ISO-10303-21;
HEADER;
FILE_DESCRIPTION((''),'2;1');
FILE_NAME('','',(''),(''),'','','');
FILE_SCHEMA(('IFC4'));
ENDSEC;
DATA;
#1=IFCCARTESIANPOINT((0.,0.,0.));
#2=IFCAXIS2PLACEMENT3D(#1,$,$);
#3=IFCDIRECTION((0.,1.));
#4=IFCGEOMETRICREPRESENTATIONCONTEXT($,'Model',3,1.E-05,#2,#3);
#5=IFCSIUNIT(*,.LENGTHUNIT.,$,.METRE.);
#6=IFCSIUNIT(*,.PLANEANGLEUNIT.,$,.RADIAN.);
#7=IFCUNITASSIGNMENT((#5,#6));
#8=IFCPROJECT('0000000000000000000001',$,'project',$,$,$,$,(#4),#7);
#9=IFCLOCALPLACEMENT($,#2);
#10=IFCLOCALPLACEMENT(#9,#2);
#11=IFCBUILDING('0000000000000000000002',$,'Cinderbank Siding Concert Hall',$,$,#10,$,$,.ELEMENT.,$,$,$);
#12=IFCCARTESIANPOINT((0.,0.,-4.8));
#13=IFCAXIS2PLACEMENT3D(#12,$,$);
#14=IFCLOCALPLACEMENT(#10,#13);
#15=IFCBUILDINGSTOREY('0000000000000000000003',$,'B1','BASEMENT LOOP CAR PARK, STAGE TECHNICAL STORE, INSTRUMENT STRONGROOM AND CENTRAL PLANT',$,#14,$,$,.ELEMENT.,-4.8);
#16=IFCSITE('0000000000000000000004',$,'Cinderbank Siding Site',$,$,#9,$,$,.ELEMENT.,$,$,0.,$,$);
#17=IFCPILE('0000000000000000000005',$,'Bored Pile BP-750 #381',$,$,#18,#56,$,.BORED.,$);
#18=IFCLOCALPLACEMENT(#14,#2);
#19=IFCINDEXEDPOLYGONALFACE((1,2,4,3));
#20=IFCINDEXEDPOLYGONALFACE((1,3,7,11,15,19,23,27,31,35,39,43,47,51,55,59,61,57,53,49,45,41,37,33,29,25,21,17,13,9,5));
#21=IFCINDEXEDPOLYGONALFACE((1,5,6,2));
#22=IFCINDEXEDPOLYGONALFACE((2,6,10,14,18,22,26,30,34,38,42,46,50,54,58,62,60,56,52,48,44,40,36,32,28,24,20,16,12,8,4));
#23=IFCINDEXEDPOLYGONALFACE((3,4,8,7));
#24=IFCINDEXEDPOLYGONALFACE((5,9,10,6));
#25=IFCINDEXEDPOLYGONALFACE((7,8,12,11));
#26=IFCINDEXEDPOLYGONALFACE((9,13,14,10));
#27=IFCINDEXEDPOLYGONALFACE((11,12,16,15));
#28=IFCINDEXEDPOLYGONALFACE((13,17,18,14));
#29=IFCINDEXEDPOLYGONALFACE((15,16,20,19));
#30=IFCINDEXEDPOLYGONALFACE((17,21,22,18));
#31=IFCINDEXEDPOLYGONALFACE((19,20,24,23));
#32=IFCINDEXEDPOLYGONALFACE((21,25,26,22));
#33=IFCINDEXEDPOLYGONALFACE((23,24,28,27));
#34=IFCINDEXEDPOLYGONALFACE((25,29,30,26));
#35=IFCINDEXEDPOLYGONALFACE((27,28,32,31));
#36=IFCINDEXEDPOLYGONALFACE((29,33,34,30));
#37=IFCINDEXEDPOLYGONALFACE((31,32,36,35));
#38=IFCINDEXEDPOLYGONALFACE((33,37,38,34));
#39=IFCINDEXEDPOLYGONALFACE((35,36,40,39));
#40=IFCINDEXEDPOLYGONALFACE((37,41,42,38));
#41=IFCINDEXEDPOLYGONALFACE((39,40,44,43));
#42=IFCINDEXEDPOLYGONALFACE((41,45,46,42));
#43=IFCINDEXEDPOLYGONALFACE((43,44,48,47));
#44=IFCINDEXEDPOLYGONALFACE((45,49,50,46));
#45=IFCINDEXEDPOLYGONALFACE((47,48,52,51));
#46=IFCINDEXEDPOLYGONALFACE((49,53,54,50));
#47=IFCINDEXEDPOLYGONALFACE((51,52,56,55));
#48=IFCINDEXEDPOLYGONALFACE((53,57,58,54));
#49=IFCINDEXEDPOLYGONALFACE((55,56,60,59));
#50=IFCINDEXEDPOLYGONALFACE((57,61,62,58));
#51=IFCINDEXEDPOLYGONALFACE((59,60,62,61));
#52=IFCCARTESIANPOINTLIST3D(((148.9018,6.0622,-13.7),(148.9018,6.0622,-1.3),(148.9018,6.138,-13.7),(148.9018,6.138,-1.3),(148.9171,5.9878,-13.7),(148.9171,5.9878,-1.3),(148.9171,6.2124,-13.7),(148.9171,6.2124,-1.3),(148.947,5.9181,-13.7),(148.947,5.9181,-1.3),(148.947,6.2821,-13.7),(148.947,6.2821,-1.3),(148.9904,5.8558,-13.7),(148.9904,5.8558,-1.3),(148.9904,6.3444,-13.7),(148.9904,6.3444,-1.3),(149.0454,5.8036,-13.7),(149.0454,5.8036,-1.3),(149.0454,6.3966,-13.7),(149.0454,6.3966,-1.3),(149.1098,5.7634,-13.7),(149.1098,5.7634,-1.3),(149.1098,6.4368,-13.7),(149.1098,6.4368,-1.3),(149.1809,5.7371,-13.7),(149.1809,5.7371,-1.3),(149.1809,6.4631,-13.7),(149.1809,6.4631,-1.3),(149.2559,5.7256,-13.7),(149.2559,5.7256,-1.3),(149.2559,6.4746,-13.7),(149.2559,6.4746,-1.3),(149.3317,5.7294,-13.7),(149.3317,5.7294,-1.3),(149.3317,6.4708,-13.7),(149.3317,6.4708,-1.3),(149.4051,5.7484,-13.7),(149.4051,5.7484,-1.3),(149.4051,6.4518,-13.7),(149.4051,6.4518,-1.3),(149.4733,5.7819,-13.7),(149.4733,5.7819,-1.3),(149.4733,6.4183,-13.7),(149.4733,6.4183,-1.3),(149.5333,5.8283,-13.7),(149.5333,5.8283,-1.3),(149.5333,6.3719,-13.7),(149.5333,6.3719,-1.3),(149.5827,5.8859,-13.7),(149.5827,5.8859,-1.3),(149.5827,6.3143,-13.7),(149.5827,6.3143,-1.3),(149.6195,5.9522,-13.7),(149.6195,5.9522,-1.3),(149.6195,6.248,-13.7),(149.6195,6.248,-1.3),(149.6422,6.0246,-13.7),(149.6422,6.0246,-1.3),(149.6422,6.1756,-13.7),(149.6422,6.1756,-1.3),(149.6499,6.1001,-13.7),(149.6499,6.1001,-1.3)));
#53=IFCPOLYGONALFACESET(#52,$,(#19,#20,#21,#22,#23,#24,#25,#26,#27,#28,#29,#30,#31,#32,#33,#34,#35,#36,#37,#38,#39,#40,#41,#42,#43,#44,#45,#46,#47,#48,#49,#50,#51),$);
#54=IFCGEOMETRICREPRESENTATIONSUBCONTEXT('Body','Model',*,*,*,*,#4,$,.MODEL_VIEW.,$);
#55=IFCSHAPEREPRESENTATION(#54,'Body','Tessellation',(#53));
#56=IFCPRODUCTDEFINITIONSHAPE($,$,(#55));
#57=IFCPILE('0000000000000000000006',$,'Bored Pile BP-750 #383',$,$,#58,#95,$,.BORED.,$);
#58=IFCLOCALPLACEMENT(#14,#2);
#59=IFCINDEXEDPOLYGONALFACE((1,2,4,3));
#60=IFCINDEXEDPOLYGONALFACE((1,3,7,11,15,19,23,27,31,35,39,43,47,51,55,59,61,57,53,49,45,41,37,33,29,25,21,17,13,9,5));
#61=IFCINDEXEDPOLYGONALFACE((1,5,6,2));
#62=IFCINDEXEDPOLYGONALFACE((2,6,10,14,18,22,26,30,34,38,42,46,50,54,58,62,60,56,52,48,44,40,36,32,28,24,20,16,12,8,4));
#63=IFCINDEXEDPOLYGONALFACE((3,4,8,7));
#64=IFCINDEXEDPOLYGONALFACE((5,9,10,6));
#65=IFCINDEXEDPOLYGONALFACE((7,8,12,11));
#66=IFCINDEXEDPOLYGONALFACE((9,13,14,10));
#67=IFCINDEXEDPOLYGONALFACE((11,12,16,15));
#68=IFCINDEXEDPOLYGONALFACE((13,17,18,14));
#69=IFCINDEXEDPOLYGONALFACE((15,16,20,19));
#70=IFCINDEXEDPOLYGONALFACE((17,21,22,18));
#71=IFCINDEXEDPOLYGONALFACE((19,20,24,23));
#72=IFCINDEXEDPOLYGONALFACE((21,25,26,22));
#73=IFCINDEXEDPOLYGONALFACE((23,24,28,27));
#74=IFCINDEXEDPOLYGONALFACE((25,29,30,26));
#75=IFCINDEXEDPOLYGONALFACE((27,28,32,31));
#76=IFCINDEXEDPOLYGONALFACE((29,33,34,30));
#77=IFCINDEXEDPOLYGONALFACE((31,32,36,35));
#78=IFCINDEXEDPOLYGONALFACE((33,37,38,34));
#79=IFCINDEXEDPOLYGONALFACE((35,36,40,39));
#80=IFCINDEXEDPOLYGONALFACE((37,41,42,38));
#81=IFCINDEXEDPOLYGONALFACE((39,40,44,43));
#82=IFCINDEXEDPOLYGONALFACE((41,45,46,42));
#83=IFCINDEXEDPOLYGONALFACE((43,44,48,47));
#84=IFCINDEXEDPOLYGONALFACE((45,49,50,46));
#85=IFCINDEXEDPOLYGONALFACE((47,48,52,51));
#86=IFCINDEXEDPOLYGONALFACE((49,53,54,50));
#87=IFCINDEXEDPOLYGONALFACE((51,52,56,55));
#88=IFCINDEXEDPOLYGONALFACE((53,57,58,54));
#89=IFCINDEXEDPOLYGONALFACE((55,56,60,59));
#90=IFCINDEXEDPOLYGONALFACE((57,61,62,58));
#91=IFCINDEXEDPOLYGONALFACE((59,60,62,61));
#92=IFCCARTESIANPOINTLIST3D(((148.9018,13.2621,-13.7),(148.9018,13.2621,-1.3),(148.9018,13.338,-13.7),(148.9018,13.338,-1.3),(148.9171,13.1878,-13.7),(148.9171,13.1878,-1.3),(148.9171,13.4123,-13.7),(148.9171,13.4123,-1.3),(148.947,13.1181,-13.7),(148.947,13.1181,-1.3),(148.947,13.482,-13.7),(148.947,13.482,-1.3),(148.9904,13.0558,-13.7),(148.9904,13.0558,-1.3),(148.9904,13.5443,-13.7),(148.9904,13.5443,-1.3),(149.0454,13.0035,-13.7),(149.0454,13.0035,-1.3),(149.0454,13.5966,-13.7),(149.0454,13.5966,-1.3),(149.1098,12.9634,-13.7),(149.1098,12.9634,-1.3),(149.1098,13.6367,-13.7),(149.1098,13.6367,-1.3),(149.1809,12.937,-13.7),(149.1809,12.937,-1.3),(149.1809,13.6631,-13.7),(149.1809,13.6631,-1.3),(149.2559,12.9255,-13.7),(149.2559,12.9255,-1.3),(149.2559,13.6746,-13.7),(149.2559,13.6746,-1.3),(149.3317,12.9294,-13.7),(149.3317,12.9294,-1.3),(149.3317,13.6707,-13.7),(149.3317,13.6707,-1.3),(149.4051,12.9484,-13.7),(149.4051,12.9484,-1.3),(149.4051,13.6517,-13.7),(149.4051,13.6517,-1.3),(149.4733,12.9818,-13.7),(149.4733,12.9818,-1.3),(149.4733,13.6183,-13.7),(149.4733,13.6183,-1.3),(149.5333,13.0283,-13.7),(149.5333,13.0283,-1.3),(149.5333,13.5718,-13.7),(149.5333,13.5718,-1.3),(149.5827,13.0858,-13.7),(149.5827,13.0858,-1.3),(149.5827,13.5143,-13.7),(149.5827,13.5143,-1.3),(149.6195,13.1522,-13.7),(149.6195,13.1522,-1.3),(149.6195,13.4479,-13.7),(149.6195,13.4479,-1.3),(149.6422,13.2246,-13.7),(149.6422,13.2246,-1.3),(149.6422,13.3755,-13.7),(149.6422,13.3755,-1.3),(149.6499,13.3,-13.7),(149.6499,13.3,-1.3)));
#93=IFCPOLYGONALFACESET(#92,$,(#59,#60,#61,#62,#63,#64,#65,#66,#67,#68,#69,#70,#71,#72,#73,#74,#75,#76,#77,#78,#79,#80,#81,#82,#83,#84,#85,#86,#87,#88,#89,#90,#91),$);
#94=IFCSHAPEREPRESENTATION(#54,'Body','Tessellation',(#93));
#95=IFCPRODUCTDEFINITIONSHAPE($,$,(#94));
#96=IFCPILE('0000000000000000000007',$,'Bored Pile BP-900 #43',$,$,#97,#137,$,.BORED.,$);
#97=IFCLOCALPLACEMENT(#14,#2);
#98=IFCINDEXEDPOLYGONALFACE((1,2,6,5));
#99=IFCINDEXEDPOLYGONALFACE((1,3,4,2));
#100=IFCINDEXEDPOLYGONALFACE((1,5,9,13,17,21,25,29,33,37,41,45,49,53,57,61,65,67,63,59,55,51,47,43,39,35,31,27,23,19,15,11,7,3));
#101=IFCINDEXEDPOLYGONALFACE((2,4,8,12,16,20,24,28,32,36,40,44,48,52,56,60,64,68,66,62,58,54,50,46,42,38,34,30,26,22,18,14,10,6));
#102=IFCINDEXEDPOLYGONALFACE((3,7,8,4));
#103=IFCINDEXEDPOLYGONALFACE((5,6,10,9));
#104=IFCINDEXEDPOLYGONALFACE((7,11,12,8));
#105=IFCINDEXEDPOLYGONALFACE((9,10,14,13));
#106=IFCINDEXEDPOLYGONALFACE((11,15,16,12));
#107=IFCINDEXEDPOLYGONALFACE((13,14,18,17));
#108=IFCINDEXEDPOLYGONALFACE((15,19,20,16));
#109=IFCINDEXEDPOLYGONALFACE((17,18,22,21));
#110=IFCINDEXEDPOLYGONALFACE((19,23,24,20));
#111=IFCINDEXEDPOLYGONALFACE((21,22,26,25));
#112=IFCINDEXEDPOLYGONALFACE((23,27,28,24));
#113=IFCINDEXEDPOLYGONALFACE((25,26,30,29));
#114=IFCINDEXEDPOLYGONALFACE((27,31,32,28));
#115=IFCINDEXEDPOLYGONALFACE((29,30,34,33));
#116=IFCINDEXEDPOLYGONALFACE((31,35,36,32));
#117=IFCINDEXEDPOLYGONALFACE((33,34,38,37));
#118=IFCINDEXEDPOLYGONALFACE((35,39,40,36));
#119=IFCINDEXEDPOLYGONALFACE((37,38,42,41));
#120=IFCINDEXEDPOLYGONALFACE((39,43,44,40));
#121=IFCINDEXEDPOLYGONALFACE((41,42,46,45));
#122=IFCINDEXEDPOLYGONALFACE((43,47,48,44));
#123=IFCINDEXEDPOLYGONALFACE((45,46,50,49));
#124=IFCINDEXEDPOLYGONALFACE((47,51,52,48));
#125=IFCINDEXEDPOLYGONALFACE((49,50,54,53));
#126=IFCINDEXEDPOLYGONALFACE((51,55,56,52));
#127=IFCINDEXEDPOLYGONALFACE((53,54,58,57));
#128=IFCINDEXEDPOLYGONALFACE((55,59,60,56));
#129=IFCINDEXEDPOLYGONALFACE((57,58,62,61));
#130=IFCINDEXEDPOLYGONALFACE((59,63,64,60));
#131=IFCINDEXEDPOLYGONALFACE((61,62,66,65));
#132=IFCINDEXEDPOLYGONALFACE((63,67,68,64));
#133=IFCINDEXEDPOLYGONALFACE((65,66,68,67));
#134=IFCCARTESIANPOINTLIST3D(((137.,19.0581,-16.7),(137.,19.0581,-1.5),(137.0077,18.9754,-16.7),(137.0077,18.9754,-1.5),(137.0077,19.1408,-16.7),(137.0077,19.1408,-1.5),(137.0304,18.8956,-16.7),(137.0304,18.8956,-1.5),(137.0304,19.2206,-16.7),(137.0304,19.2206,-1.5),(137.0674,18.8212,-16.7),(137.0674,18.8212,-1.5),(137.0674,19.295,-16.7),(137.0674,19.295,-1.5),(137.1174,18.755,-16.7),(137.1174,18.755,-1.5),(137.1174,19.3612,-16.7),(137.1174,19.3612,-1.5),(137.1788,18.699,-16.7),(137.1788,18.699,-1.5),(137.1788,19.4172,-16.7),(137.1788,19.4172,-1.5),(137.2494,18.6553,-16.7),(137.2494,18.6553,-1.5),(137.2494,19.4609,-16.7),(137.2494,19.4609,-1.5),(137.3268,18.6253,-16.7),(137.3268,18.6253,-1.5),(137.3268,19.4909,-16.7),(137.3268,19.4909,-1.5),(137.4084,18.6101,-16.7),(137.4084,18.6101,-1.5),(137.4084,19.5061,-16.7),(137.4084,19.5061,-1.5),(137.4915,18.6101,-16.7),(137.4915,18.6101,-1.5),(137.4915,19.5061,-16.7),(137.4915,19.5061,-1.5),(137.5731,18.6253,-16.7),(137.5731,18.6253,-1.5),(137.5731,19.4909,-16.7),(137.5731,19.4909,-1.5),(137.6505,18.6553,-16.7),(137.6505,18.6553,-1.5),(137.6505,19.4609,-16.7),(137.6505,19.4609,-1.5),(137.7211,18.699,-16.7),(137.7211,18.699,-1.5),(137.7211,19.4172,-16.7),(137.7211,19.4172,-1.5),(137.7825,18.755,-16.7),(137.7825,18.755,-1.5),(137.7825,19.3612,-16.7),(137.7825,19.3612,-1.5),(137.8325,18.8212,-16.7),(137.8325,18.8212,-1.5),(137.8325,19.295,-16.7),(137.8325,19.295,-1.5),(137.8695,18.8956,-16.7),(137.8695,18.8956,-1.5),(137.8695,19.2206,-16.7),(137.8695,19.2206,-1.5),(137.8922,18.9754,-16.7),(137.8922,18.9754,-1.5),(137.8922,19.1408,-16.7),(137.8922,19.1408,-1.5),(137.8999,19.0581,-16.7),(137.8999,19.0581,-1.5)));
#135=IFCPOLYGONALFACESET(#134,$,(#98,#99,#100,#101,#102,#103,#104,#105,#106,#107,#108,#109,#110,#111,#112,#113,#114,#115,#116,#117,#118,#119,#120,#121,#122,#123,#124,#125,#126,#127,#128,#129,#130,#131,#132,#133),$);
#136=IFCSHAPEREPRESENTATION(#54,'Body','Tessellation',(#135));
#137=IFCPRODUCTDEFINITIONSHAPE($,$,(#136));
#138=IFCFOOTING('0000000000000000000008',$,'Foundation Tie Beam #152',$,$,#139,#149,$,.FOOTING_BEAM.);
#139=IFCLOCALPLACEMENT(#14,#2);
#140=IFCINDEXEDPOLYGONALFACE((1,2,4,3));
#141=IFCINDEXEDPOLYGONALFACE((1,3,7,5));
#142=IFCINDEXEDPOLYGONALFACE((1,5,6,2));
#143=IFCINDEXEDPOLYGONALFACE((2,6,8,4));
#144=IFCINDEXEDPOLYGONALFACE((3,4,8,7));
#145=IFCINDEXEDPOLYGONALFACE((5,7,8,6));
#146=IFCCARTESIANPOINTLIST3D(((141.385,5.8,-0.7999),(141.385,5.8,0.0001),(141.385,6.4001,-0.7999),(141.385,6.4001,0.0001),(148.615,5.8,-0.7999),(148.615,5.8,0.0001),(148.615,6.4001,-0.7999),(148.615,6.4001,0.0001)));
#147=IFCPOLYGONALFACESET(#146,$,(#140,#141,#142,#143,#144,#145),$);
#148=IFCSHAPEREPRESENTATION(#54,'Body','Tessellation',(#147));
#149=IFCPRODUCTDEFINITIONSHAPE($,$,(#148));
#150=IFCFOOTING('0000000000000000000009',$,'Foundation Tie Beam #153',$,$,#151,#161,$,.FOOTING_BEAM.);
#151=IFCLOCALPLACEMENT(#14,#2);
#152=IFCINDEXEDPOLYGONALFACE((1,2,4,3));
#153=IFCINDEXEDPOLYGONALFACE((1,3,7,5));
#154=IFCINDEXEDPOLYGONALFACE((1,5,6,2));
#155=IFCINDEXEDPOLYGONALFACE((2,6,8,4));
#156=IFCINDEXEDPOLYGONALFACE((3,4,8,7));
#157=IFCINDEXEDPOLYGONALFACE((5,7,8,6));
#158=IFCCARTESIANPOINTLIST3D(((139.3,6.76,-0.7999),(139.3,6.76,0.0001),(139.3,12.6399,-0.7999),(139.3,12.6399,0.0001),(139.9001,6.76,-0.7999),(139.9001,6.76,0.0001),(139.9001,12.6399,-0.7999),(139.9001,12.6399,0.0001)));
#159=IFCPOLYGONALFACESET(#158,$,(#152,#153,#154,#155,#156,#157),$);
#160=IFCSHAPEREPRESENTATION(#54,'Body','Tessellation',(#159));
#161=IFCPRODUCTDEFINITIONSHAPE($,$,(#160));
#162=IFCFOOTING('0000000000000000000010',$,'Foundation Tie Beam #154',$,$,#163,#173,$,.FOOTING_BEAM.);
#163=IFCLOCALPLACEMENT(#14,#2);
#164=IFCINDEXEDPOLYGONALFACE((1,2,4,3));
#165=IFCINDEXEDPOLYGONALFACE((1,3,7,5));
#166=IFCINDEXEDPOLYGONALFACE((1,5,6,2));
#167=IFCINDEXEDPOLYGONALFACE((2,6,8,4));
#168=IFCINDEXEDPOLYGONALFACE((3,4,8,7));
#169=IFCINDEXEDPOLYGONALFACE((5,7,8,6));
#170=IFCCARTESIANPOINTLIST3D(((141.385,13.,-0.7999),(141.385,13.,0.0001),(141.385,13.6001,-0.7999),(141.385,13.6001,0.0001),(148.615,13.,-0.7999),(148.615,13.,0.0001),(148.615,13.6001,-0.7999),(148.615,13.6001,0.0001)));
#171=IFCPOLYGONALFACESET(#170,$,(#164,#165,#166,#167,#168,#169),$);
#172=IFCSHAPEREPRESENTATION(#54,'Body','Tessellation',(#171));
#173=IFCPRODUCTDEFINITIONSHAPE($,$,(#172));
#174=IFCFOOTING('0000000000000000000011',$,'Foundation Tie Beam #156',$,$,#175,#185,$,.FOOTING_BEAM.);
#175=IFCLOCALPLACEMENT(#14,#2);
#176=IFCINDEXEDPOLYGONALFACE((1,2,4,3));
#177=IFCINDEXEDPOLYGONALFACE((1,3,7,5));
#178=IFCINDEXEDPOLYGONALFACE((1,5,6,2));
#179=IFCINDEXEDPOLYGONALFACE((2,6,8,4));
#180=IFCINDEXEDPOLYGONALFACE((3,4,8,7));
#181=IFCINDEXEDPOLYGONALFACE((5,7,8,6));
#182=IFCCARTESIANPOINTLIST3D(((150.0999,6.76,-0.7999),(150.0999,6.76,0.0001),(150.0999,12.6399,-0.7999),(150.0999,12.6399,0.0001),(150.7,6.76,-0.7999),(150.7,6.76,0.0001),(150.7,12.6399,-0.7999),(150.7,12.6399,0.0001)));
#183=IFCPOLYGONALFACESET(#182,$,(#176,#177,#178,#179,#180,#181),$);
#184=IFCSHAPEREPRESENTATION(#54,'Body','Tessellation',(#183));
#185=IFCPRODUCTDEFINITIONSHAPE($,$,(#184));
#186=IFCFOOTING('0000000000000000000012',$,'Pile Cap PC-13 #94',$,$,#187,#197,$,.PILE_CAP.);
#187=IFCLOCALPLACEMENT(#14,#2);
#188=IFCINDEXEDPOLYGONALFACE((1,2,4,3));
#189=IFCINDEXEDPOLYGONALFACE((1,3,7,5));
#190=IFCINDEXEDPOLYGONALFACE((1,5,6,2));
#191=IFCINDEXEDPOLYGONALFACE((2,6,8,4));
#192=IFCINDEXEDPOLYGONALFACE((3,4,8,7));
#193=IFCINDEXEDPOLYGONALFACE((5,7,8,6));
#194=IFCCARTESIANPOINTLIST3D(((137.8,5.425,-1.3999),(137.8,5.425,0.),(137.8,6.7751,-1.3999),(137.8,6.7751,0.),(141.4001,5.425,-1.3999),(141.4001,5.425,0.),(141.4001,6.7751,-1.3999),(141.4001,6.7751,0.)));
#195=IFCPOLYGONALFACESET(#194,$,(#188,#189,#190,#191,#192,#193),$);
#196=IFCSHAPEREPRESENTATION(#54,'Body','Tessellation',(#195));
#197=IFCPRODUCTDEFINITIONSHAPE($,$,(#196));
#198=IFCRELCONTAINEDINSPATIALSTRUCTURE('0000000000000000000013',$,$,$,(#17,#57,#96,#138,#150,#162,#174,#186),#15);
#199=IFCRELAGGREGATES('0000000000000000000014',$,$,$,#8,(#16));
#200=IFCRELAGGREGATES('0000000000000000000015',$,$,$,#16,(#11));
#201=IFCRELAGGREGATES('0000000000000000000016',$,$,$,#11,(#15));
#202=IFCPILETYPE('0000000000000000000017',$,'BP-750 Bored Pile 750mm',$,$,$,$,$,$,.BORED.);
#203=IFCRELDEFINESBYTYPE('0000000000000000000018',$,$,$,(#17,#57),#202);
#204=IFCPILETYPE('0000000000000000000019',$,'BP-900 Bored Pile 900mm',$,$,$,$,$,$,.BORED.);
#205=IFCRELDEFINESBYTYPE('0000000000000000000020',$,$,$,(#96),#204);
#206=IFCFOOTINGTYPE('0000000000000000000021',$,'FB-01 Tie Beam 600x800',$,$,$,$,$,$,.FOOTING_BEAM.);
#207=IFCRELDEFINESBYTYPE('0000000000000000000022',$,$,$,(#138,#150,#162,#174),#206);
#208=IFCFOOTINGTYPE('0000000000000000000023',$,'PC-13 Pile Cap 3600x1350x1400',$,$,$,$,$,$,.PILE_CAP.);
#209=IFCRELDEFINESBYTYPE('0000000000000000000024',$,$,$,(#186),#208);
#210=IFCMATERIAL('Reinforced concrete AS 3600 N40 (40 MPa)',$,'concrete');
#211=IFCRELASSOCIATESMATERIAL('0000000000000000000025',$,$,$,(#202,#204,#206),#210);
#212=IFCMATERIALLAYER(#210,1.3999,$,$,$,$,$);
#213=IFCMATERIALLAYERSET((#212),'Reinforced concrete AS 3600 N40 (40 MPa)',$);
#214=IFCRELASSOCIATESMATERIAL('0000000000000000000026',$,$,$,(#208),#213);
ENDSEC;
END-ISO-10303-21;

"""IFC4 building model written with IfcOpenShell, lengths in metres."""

from ifc_helpers import new_model, si_unit, direction, frame, origin, origin_2d, place, context, subcontext, project, spatial, rectangle, circle, extrude, material, layer, layer_set, material_profile, profile_set, type_object, element, save


model = new_model("IFC4")

# Units and contexts
model_context = context("Model", 3, precision=1e-05, world=origin(), true_north=direction((0.0, 1.0)))
body_context = subcontext(model_context, "Body", "Model", "MODEL_VIEW")
ifc_project = project(units=[si_unit("LENGTHUNIT", "METRE"), si_unit("PLANEANGLEUNIT", "RADIAN")], contexts=[model_context])

# Site, building, storey
site_placement = place(None, origin())
site = spatial("IfcSite", under=ifc_project, at=site_placement, Name="Cinderbank Siding Site", CompositionType="ELEMENT", RefElevation=0.0)
building_placement = place(site_placement, origin())
building = spatial("IfcBuilding", under=site, at=building_placement, Name="Cinderbank Siding Concert Hall", CompositionType="ELEMENT")
storey_placement = place(building_placement, frame((0.0, 0.0, -4.8)))
storey = spatial("IfcBuildingStorey", under=building, at=storey_placement, Name="B1", Description="BASEMENT LOOP CAR PARK, STAGE TECHNICAL STORE, INSTRUMENT STRONGROOM AND CENTRAL PLANT", CompositionType="ELEMENT", Elevation=-4.8)

# Piles
ifc_material_1 = material(Name="Reinforced concrete AS 3600 N40 (40 MPa)", Category="concrete")
ifc_material_profile_1 = material_profile(ifc_material_1, circle(Radius=0.375, at=origin_2d()), Name="PILE-750DIA", Category="LoadBearing")
ifc_profile_set_1 = profile_set([ifc_material_profile_1], Name="Reinforced concrete AS 3600 N40 (40 MPa)")
pile_type_1 = type_object("IfcPileType", Name="BP-750 Bored Pile 750mm", PredefinedType="BORED", material=ifc_profile_set_1)
for number, where, z_axis, x_axis, name in (
    (1, (149.2749, 6.1001, -1.3), (0.0, 0.0, -1.0), (1.0, 0.0, 0.0), "Bored Pile BP-750 #381"),
    (2, (149.2749, 13.3, -1.3), (0.0, 0.0, -1.0), (1.0, 0.0, 0.0), "Bored Pile BP-750 #383"),
):
    element("IfcPile", number, at=place(storey_placement, frame(where, z_axis=z_axis, x_axis=x_axis)), inside=storey, type_object=pile_type_1, Name=name, PredefinedType="BORED", context=body_context, shape_type="SweptSolid", body=[
        extrude(circle(Radius=0.375, at=origin_2d()), origin(), (0.0, 0.0, 1.0), 12.3999),
    ])
ifc_material_profile_2 = material_profile(ifc_material_1, circle(Radius=0.45, at=origin_2d()), Name="PILE-900DIA", Category="LoadBearing")
ifc_profile_set_2 = profile_set([ifc_material_profile_2], Name="Reinforced concrete AS 3600 N40 (40 MPa)")
pile_type_2 = type_object("IfcPileType", Name="BP-900 Bored Pile 900mm", PredefinedType="BORED", material=ifc_profile_set_2)
pile_1_placement = place(storey_placement, frame((137.45, 19.0581, -1.5), z_axis=(0.0, 0.0, -1.0), x_axis=(1.0, 0.0, 0.0)))
element("IfcPile", 3, at=pile_1_placement, inside=storey, type_object=pile_type_2, Name="Bored Pile BP-900 #43", PredefinedType="BORED", context=body_context, shape_type="SweptSolid", body=[
    extrude(circle(Radius=0.45, at=origin_2d()), origin(), (0.0, 0.0, 1.0), 15.2),
])

# Footings
ifc_material_profile_3 = material_profile(ifc_material_1, rectangle(XDim=0.6001, YDim=0.8, at=origin_2d()), Name="RC-FB-600x800", Category="LoadBearing")
ifc_profile_set_3 = profile_set([ifc_material_profile_3], Name="Reinforced concrete AS 3600 N40 (40 MPa)")
footing_type_1 = type_object("IfcFootingType", Name="FB-01 Tie Beam 600x800", PredefinedType="FOOTING_BEAM", material=ifc_profile_set_3)
footing_1_placement = place(storey_placement, frame((141.385, 6.1001, -0.3999), z_axis=(1.0, 0.0, 0.0), x_axis=(0.0, 1.0, 0.0)))
element("IfcFooting", 4, at=footing_1_placement, inside=storey, type_object=footing_type_1, Name="Foundation Tie Beam #152", PredefinedType="FOOTING_BEAM", context=body_context, shape_type="SweptSolid", body=[
    extrude(rectangle(XDim=0.6001, YDim=0.8, at=origin_2d()), origin(), (0.0, 0.0, 1.0), 7.23),
])
footing_2_placement = place(storey_placement, frame((139.6001, 6.76, -0.3999), z_axis=(0.0, 1.0, 0.0), x_axis=(-1.0, 0.0, 0.0)))
element("IfcFooting", 5, at=footing_2_placement, inside=storey, type_object=footing_type_1, Name="Foundation Tie Beam #153", PredefinedType="FOOTING_BEAM", context=body_context, shape_type="SweptSolid", body=[
    extrude(rectangle(XDim=0.6001, YDim=0.8, at=origin_2d()), origin(), (0.0, 0.0, 1.0), 5.8799),
])
footing_3_placement = place(storey_placement, frame((141.385, 13.3, -0.3999), z_axis=(1.0, 0.0, 0.0), x_axis=(0.0, 1.0, 0.0)))
element("IfcFooting", 6, at=footing_3_placement, inside=storey, type_object=footing_type_1, Name="Foundation Tie Beam #154", PredefinedType="FOOTING_BEAM", context=body_context, shape_type="SweptSolid", body=[
    extrude(rectangle(XDim=0.6001, YDim=0.8, at=origin_2d()), origin(), (0.0, 0.0, 1.0), 7.23),
])
footing_4_placement = place(storey_placement, frame((150.3999, 6.76, -0.3999), z_axis=(0.0, 1.0, 0.0), x_axis=(-1.0, 0.0, 0.0)))
element("IfcFooting", 7, at=footing_4_placement, inside=storey, type_object=footing_type_1, Name="Foundation Tie Beam #156", PredefinedType="FOOTING_BEAM", context=body_context, shape_type="SweptSolid", body=[
    extrude(rectangle(XDim=0.6001, YDim=0.8, at=origin_2d()), origin(), (0.0, 0.0, 1.0), 5.8799),
])
ifc_layer_1 = layer(ifc_material_1, 1.3999)
ifc_layer_set_1 = layer_set([ifc_layer_1], Name="Reinforced concrete AS 3600 N40 (40 MPa)")
footing_type_2 = type_object("IfcFootingType", Name="PC-13 Pile Cap 3600x1350x1400", PredefinedType="PILE_CAP", material=ifc_layer_set_1)
for number, where, z_axis, x_axis, name in (
    (8, (139.6001, 6.1001, -1.3999), (0.0, 0.0, 1.0), (1.0, 0.0, 0.0), "Pile Cap PC-13 #94"),
):
    element("IfcFooting", number, at=place(storey_placement, frame(where, z_axis=z_axis, x_axis=x_axis)), inside=storey, type_object=footing_type_2, Name=name, PredefinedType="PILE_CAP", context=body_context, shape_type="SweptSolid", body=[
        extrude(rectangle(XDim=3.6001, YDim=1.3501, at=origin_2d()), origin(), (0.0, 0.0, 1.0), 1.3999),
    ])

save(model, "model.ifc")
